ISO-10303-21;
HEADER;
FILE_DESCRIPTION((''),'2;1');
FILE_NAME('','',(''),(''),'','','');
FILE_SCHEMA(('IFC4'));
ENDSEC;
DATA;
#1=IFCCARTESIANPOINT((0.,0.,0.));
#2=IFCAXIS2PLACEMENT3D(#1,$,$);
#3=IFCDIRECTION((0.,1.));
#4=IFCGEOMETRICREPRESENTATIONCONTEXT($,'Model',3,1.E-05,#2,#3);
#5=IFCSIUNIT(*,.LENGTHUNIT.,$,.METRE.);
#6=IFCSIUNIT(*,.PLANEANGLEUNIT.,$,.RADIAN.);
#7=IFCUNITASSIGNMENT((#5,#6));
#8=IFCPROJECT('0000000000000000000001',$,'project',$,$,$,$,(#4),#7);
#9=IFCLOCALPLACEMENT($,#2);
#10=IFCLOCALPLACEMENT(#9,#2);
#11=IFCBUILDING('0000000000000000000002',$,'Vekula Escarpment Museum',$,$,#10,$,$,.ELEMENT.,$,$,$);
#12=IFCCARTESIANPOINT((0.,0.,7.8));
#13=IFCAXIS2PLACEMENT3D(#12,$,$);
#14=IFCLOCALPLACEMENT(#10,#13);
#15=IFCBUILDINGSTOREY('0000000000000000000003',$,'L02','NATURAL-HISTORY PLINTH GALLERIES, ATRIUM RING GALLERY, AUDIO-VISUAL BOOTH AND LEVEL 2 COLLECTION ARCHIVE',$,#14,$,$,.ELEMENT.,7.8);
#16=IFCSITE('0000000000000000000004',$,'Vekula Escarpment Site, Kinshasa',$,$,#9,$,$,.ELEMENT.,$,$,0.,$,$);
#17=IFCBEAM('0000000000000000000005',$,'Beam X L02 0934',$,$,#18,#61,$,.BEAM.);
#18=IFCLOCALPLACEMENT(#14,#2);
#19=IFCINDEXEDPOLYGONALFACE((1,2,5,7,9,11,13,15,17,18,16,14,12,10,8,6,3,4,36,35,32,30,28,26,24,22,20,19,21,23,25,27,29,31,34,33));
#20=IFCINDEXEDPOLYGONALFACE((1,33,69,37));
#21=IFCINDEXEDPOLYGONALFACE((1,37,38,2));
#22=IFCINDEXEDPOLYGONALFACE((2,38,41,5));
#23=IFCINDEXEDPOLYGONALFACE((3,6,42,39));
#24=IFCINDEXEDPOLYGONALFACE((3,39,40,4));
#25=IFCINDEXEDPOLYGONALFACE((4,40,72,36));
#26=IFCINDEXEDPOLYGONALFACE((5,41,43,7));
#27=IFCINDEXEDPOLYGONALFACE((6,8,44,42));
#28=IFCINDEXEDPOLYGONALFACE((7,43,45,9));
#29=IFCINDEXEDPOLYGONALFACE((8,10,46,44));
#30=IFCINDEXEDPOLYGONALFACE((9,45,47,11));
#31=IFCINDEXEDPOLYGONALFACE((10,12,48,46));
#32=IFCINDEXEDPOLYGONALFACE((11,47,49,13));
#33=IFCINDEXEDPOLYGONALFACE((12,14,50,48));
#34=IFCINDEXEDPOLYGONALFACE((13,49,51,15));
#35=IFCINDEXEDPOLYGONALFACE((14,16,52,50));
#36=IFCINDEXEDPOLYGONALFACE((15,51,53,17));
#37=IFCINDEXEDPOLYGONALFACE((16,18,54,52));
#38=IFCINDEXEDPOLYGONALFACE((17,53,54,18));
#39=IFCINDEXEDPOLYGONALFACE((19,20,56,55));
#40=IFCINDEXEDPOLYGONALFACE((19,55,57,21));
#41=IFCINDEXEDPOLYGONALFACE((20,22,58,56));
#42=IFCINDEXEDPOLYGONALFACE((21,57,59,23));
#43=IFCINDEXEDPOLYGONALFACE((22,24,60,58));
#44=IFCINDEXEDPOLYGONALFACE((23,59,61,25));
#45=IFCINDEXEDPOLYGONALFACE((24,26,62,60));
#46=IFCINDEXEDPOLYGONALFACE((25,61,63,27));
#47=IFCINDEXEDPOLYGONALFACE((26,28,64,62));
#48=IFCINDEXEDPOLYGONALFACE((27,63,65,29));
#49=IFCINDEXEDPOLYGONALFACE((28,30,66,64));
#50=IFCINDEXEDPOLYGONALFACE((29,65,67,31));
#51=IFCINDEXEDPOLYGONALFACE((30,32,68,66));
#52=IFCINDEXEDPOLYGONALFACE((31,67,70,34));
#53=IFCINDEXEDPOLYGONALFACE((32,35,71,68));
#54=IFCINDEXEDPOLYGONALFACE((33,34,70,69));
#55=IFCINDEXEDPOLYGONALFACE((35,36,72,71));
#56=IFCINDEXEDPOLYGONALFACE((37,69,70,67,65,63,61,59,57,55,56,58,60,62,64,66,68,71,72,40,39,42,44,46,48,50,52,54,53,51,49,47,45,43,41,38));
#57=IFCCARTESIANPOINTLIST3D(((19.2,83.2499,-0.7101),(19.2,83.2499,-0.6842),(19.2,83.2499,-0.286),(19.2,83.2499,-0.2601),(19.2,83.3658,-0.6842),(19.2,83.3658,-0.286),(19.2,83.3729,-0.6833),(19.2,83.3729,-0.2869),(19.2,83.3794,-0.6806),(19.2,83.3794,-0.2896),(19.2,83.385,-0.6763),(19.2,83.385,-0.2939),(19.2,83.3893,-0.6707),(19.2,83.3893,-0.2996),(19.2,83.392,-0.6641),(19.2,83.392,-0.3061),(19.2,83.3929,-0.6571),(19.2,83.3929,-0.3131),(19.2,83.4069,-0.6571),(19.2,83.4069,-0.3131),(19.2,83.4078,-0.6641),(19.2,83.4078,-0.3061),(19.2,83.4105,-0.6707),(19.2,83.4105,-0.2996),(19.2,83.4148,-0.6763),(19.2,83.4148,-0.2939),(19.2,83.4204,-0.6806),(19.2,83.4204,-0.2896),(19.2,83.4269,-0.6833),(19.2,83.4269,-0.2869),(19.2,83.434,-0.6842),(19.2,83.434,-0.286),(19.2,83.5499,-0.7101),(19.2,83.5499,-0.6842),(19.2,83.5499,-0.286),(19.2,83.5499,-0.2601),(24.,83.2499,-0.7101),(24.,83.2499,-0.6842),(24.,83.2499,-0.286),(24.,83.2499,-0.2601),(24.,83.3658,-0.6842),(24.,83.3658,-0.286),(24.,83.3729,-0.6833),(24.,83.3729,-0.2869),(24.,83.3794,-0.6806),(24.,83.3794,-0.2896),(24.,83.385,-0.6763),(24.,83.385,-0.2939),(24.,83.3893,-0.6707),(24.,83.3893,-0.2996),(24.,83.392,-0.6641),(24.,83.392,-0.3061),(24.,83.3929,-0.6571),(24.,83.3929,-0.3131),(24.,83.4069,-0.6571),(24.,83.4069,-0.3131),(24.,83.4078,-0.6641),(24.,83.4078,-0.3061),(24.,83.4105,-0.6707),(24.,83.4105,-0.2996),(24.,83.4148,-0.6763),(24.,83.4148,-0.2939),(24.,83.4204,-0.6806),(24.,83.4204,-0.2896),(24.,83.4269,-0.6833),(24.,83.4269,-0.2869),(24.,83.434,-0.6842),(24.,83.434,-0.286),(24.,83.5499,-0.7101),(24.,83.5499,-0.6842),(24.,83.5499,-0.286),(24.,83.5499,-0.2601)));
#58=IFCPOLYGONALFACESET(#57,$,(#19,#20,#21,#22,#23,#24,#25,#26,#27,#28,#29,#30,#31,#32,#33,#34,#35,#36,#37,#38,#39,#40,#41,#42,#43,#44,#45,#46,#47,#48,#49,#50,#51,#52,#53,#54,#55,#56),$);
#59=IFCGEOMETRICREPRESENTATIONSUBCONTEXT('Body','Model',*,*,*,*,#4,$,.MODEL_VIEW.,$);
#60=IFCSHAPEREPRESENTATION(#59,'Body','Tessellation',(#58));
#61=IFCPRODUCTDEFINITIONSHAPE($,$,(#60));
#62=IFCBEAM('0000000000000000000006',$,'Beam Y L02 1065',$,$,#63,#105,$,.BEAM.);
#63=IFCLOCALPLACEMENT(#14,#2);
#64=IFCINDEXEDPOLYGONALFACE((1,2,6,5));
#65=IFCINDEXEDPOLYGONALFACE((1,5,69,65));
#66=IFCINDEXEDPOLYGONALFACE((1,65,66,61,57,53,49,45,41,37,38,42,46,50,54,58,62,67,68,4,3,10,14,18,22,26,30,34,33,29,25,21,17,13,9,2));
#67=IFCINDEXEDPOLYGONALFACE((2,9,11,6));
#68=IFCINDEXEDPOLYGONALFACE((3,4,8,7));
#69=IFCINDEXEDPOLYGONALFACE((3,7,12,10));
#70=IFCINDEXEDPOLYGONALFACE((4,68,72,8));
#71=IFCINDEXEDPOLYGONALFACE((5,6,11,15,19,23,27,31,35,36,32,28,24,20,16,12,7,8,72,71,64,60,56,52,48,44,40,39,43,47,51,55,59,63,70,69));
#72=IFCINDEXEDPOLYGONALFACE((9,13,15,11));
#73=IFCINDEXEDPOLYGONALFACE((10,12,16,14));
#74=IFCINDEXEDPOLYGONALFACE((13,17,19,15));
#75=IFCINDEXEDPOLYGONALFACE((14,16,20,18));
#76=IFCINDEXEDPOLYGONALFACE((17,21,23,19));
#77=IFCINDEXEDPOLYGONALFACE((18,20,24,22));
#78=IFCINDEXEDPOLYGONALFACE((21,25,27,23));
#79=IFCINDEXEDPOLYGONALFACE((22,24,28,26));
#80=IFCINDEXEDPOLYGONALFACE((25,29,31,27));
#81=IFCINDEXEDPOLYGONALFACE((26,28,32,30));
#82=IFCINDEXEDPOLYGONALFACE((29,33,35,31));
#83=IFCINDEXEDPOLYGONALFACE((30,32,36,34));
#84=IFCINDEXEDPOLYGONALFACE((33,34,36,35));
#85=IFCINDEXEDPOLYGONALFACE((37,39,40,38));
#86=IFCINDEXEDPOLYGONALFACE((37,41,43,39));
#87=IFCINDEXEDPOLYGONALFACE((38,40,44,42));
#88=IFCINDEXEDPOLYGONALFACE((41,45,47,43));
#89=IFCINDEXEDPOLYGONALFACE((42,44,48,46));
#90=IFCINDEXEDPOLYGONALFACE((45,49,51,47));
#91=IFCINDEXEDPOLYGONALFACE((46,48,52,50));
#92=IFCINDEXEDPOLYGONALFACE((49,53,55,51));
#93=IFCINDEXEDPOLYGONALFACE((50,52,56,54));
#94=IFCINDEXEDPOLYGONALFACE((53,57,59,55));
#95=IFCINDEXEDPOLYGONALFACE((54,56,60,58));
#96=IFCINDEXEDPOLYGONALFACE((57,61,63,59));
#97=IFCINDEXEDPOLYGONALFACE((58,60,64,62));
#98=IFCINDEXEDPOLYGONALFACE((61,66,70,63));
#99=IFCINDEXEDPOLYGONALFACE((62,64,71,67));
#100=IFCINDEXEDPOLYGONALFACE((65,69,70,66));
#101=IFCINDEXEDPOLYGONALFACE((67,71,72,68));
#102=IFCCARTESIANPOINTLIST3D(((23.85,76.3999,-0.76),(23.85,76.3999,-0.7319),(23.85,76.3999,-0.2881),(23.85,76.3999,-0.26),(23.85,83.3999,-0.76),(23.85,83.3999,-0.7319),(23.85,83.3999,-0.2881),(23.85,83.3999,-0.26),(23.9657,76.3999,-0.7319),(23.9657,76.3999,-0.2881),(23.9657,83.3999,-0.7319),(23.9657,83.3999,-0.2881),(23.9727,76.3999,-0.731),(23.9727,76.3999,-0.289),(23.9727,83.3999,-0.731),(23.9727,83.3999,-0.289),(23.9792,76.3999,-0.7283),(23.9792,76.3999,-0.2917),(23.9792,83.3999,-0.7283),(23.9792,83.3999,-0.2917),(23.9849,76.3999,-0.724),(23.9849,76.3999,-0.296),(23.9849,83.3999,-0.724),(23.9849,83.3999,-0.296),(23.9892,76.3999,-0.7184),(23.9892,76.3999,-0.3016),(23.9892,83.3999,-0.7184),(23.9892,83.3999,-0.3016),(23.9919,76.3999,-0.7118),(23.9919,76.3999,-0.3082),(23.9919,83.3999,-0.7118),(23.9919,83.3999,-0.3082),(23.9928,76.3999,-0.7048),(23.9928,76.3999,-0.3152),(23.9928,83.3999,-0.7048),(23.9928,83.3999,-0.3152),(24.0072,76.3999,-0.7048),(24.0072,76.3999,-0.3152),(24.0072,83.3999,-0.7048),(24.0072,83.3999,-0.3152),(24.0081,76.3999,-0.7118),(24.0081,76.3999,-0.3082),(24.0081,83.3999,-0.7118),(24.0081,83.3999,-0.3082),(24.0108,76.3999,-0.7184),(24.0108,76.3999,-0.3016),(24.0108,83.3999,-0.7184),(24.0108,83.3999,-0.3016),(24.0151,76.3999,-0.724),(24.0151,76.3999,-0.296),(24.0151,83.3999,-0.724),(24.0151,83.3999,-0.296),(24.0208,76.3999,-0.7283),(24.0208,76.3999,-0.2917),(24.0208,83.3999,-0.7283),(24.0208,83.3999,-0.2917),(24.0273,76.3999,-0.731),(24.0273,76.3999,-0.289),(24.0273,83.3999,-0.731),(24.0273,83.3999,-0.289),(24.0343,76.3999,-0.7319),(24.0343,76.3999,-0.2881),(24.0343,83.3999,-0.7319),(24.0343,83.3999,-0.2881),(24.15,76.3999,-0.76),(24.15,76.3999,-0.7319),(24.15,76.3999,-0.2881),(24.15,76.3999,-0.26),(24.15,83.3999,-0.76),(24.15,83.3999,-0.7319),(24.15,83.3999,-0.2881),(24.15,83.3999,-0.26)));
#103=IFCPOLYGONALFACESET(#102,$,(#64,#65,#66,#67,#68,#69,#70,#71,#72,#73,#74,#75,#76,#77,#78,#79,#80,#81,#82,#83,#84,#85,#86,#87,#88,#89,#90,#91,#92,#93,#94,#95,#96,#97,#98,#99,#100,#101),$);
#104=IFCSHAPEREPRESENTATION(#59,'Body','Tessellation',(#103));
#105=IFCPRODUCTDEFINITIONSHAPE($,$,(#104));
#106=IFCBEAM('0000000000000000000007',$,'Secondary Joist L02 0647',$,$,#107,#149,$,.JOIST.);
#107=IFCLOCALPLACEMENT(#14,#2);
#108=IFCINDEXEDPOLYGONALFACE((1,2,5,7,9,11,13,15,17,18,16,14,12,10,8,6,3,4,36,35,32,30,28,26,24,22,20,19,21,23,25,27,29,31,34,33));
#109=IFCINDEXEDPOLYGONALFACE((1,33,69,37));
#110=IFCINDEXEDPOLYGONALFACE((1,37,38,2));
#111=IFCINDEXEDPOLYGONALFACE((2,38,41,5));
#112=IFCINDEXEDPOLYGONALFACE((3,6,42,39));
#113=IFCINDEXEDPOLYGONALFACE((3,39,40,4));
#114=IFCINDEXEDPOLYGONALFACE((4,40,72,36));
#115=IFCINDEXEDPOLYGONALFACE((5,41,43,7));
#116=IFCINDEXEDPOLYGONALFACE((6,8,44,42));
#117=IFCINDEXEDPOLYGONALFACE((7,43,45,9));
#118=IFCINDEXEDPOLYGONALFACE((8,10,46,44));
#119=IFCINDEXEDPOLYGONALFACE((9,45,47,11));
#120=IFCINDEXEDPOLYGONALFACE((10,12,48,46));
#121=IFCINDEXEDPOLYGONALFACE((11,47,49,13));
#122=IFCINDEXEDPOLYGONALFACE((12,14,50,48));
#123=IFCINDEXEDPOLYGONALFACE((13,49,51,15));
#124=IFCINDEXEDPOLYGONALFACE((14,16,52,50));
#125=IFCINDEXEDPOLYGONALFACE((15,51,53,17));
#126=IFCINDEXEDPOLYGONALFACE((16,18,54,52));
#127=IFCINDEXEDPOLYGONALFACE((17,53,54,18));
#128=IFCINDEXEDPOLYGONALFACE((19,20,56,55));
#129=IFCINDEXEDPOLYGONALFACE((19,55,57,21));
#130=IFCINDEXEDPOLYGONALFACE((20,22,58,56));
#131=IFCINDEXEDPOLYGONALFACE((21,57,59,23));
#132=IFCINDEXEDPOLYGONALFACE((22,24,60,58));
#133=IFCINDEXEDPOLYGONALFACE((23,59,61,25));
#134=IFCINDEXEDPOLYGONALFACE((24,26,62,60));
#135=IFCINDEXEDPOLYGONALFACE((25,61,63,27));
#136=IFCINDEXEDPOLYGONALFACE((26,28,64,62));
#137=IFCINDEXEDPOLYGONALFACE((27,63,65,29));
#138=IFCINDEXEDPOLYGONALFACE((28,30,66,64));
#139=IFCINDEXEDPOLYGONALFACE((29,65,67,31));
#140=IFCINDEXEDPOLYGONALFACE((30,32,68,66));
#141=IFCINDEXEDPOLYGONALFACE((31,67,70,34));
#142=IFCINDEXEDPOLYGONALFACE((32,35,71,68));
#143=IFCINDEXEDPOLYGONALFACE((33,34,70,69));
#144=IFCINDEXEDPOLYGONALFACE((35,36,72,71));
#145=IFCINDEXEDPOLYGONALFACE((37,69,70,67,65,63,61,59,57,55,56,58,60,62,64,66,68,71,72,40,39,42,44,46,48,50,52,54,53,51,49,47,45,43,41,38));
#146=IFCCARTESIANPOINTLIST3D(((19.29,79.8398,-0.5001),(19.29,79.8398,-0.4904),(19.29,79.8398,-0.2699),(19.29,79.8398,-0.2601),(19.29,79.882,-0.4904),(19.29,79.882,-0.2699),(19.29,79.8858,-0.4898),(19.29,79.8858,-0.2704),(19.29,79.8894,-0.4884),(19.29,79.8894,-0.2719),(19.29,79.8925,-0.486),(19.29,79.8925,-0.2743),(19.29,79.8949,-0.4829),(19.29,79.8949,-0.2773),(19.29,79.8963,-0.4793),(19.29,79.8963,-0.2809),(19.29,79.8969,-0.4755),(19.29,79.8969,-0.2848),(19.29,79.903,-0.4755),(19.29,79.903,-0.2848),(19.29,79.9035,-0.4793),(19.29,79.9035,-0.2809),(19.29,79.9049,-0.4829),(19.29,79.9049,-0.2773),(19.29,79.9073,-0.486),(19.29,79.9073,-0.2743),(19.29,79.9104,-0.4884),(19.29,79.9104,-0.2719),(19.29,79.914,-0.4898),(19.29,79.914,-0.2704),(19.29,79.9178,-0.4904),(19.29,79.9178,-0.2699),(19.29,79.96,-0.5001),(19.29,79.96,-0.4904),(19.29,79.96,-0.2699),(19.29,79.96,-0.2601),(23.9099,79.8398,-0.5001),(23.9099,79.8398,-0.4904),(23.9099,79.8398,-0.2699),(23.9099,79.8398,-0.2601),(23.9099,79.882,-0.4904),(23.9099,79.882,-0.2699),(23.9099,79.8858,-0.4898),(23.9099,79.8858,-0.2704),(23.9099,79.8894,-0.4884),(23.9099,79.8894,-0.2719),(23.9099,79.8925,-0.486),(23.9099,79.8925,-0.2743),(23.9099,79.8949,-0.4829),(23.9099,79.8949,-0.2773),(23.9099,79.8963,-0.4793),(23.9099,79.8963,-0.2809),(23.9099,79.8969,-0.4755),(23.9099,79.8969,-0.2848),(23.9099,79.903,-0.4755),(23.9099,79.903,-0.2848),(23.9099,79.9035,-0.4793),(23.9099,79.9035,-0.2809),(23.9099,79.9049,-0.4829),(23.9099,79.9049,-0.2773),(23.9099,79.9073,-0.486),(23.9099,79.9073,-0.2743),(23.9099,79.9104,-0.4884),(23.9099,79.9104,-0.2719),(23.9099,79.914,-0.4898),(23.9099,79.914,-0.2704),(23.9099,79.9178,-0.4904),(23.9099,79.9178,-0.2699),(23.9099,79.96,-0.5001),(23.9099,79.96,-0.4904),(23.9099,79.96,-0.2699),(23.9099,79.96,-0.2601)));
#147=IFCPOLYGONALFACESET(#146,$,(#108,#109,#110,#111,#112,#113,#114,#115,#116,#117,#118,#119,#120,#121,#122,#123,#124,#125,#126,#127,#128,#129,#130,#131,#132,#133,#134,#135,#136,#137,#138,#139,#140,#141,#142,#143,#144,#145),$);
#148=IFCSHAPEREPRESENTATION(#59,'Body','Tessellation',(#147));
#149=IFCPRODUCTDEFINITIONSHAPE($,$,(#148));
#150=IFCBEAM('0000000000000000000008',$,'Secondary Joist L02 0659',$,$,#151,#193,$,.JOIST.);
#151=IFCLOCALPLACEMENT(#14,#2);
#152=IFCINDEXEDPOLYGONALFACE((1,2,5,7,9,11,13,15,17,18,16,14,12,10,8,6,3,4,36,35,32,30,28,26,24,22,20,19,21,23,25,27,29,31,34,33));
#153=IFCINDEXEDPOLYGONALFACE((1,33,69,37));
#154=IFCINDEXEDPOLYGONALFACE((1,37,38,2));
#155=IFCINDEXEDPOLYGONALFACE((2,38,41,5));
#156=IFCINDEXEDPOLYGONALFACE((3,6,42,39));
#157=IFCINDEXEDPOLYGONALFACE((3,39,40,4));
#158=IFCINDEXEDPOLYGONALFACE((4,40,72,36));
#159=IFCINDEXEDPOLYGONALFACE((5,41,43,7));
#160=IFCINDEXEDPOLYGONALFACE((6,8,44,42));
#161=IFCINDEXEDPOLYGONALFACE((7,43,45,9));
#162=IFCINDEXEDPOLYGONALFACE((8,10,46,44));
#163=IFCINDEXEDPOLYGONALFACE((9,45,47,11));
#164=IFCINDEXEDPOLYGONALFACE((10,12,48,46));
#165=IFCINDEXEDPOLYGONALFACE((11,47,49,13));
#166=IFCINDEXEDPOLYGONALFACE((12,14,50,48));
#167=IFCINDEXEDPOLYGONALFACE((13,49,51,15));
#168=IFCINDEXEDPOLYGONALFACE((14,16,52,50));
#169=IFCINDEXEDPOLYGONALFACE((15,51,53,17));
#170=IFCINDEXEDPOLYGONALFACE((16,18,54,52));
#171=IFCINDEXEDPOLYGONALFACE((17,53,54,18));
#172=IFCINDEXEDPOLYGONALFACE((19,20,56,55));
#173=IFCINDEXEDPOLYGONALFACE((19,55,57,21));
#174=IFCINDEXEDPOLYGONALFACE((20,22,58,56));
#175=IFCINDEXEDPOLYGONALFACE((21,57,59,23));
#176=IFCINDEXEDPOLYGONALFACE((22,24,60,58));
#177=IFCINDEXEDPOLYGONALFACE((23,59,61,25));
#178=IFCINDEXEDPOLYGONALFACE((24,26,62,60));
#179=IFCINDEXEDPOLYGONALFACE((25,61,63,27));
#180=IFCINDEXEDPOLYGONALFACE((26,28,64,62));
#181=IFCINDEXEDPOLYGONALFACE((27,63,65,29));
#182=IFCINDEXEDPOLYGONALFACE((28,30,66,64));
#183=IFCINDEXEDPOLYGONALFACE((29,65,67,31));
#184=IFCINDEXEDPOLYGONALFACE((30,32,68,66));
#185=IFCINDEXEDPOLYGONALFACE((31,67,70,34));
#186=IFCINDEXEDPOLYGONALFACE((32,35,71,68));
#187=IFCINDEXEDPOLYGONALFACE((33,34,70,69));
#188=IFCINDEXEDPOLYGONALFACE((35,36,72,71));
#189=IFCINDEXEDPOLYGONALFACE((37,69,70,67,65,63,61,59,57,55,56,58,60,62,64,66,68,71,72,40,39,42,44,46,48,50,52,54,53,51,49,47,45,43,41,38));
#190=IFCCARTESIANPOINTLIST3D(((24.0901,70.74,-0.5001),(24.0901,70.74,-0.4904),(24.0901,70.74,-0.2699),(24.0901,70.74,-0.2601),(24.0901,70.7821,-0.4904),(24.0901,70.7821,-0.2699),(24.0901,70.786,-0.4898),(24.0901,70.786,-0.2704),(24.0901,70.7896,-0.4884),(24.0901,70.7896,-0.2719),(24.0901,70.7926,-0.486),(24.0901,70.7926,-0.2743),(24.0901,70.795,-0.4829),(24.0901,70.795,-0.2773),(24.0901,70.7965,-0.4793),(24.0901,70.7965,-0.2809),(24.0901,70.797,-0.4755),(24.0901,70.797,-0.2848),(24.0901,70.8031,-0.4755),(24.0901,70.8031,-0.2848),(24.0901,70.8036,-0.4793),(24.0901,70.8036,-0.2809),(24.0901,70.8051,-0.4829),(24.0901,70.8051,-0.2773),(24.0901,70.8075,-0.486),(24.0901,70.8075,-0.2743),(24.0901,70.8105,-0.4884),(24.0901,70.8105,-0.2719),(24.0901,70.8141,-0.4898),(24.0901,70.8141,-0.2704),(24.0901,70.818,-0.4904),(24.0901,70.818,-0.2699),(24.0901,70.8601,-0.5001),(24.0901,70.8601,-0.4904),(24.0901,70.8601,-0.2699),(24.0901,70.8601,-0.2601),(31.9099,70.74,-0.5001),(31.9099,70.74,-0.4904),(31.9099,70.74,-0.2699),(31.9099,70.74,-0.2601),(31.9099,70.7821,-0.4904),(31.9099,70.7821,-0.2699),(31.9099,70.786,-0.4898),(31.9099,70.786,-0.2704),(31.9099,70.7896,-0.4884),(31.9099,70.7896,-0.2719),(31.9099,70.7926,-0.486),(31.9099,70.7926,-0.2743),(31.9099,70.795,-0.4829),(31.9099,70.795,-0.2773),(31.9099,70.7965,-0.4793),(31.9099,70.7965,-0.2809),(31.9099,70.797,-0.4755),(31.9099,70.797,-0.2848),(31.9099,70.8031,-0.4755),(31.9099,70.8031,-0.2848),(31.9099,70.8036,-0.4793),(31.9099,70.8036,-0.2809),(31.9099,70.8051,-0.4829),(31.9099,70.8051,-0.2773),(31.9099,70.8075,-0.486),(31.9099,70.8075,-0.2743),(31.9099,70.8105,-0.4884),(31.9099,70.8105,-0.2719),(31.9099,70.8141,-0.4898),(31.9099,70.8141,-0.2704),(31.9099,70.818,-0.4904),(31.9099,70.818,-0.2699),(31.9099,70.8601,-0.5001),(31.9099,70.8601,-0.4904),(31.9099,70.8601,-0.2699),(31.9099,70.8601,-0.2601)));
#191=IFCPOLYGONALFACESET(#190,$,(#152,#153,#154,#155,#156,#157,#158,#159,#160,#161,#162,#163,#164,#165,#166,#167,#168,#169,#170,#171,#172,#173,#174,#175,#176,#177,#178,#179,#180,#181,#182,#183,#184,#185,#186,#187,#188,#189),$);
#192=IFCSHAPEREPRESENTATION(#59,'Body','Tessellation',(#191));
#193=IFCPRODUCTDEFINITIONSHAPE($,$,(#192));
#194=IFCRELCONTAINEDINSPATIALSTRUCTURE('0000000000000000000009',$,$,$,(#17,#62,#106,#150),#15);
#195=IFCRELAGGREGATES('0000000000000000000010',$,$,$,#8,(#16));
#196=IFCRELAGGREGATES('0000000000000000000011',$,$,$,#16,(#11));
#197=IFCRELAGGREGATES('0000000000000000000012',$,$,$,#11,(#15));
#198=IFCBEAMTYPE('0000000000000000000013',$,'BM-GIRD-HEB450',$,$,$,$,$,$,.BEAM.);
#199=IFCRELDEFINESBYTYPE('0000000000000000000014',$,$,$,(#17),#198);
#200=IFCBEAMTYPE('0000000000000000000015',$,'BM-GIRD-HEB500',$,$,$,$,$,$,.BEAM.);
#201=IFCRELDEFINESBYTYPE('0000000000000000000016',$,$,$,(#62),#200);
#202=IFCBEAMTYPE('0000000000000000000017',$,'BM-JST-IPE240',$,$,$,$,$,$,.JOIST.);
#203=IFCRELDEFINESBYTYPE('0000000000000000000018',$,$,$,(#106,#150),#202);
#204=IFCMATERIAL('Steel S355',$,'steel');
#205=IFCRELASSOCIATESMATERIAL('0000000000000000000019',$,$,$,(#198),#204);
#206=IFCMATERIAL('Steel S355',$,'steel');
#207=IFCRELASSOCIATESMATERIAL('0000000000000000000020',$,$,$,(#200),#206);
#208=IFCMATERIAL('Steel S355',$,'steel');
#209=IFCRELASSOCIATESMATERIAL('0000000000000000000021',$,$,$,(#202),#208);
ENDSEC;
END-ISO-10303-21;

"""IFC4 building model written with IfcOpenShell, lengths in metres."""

from ifc_helpers import new_model, si_unit, direction, frame, origin, origin_2d, place, context, subcontext, project, spatial, i_section, extrude, material, material_profile, profile_set, type_object, element, save


model = new_model("IFC4")

# Units and contexts
model_context = context("Model", 3, precision=1e-05, world=origin(), true_north=direction((0.0, 1.0)))
body_context = subcontext(model_context, "Body", "Model", "MODEL_VIEW")
ifc_project = project(units=[si_unit("LENGTHUNIT", "METRE"), si_unit("PLANEANGLEUNIT", "RADIAN")], contexts=[model_context])

# Site, building, storey
site_placement = place(None, origin())
site = spatial("IfcSite", under=ifc_project, at=site_placement, Name="Vekula Escarpment Site, Kinshasa", CompositionType="ELEMENT", RefElevation=0.0)
building_placement = place(site_placement, origin())
building = spatial("IfcBuilding", under=site, at=building_placement, Name="Vekula Escarpment Museum", CompositionType="ELEMENT")
storey_placement = place(building_placement, frame((0.0, 0.0, 7.8)))
storey = spatial("IfcBuildingStorey", under=building, at=storey_placement, Name="L02", Description="NATURAL-HISTORY PLINTH GALLERIES, ATRIUM RING GALLERY, AUDIO-VISUAL BOOTH AND LEVEL 2 COLLECTION ARCHIVE", CompositionType="ELEMENT", Elevation=7.8)

# Beams
ifc_material_1 = material(Name="Steel S355", Category="steel")
ifc_material_profile_1 = material_profile(ifc_material_1, i_section(OverallWidth=0.3, OverallDepth=0.45, WebThickness=0.0139, FlangeThickness=0.0259, FilletRadius=0.0271, at=origin_2d()), Name="HEB 450")
ifc_profile_set_1 = profile_set([ifc_material_profile_1], Name="Steel S355")
beam_type_1 = type_object("IfcBeamType", Name="BM-GIRD-HEB450", PredefinedType="BEAM", material=ifc_profile_set_1)
beam_1_placement = place(storey_placement, frame((19.2, 83.3999, -0.4851), z_axis=(1.0, 0.0, 0.0), x_axis=(0.0, 1.0, 0.0)))
element("IfcBeam", 1, at=beam_1_placement, inside=storey, type_object=beam_type_1, Name="Beam X L02 0934", PredefinedType="BEAM", context=body_context, shape_type="SweptSolid", body=[
    extrude(i_section(OverallWidth=0.3, OverallDepth=0.45, WebThickness=0.0139, FlangeThickness=0.0259, FilletRadius=0.0271, at=origin_2d()), origin(), (0.0, 0.0, 1.0), 4.8),
])
ifc_material_2 = material(Name="Steel S355", Category="steel")
ifc_material_profile_2 = material_profile(ifc_material_2, i_section(OverallWidth=0.3, OverallDepth=0.5, WebThickness=0.0144, FlangeThickness=0.0281, FilletRadius=0.0271, at=origin_2d()), Name="HEB 500")
ifc_profile_set_2 = profile_set([ifc_material_profile_2], Name="Steel S355")
beam_type_2 = type_object("IfcBeamType", Name="BM-GIRD-HEB500", PredefinedType="BEAM", material=ifc_profile_set_2)
beam_2_placement = place(storey_placement, frame((24.0, 76.3999, -0.51), z_axis=(0.0, 1.0, 0.0), x_axis=(-1.0, 0.0, 0.0)))
element("IfcBeam", 2, at=beam_2_placement, inside=storey, type_object=beam_type_2, Name="Beam Y L02 1065", PredefinedType="BEAM", context=body_context, shape_type="SweptSolid", body=[
    extrude(i_section(OverallWidth=0.3, OverallDepth=0.5, WebThickness=0.0144, FlangeThickness=0.0281, FilletRadius=0.0271, at=origin_2d()), origin(), (0.0, 0.0, 1.0), 7.0),
])
ifc_material_3 = material(Name="Steel S355", Category="steel")
ifc_material_profile_3 = material_profile(ifc_material_3, i_section(OverallWidth=0.1201, OverallDepth=0.24, WebThickness=0.0061, FlangeThickness=0.0098, FilletRadius=0.0149, at=origin_2d()), Name="IPE 240")
ifc_profile_set_3 = profile_set([ifc_material_profile_3], Name="Steel S355")
beam_type_3 = type_object("IfcBeamType", Name="BM-JST-IPE240", PredefinedType="JOIST", material=ifc_profile_set_3)
beam_3_placement = place(storey_placement, frame((19.29, 79.8999, -0.3801), z_axis=(1.0, 0.0, 0.0), x_axis=(0.0, 1.0, 0.0)))
element("IfcBeam", 3, at=beam_3_placement, inside=storey, type_object=beam_type_3, Name="Secondary Joist L02 0647", PredefinedType="JOIST", context=body_context, shape_type="SweptSolid", body=[
    extrude(i_section(OverallWidth=0.1201, OverallDepth=0.24, WebThickness=0.0061, FlangeThickness=0.0098, FilletRadius=0.0149, at=origin_2d()), origin(), (0.0, 0.0, 1.0), 4.6199),
])
for number, where, z_axis, x_axis, name in (
    (4, (24.0901, 70.8, -0.3801), (1.0, 0.0, 0.0), (0.0, 1.0, 0.0), "Secondary Joist L02 0659"),
):
    element("IfcBeam", number, at=place(storey_placement, frame(where, z_axis=z_axis, x_axis=x_axis)), inside=storey, type_object=beam_type_3, Name=name, PredefinedType="JOIST", context=body_context, shape_type="SweptSolid", body=[
        extrude(i_section(OverallWidth=0.1201, OverallDepth=0.24, WebThickness=0.0061, FlangeThickness=0.0098, FilletRadius=0.0149, at=origin_2d()), origin(), (0.0, 0.0, 1.0), 7.8198),
    ])

save(model, "model.ifc")
